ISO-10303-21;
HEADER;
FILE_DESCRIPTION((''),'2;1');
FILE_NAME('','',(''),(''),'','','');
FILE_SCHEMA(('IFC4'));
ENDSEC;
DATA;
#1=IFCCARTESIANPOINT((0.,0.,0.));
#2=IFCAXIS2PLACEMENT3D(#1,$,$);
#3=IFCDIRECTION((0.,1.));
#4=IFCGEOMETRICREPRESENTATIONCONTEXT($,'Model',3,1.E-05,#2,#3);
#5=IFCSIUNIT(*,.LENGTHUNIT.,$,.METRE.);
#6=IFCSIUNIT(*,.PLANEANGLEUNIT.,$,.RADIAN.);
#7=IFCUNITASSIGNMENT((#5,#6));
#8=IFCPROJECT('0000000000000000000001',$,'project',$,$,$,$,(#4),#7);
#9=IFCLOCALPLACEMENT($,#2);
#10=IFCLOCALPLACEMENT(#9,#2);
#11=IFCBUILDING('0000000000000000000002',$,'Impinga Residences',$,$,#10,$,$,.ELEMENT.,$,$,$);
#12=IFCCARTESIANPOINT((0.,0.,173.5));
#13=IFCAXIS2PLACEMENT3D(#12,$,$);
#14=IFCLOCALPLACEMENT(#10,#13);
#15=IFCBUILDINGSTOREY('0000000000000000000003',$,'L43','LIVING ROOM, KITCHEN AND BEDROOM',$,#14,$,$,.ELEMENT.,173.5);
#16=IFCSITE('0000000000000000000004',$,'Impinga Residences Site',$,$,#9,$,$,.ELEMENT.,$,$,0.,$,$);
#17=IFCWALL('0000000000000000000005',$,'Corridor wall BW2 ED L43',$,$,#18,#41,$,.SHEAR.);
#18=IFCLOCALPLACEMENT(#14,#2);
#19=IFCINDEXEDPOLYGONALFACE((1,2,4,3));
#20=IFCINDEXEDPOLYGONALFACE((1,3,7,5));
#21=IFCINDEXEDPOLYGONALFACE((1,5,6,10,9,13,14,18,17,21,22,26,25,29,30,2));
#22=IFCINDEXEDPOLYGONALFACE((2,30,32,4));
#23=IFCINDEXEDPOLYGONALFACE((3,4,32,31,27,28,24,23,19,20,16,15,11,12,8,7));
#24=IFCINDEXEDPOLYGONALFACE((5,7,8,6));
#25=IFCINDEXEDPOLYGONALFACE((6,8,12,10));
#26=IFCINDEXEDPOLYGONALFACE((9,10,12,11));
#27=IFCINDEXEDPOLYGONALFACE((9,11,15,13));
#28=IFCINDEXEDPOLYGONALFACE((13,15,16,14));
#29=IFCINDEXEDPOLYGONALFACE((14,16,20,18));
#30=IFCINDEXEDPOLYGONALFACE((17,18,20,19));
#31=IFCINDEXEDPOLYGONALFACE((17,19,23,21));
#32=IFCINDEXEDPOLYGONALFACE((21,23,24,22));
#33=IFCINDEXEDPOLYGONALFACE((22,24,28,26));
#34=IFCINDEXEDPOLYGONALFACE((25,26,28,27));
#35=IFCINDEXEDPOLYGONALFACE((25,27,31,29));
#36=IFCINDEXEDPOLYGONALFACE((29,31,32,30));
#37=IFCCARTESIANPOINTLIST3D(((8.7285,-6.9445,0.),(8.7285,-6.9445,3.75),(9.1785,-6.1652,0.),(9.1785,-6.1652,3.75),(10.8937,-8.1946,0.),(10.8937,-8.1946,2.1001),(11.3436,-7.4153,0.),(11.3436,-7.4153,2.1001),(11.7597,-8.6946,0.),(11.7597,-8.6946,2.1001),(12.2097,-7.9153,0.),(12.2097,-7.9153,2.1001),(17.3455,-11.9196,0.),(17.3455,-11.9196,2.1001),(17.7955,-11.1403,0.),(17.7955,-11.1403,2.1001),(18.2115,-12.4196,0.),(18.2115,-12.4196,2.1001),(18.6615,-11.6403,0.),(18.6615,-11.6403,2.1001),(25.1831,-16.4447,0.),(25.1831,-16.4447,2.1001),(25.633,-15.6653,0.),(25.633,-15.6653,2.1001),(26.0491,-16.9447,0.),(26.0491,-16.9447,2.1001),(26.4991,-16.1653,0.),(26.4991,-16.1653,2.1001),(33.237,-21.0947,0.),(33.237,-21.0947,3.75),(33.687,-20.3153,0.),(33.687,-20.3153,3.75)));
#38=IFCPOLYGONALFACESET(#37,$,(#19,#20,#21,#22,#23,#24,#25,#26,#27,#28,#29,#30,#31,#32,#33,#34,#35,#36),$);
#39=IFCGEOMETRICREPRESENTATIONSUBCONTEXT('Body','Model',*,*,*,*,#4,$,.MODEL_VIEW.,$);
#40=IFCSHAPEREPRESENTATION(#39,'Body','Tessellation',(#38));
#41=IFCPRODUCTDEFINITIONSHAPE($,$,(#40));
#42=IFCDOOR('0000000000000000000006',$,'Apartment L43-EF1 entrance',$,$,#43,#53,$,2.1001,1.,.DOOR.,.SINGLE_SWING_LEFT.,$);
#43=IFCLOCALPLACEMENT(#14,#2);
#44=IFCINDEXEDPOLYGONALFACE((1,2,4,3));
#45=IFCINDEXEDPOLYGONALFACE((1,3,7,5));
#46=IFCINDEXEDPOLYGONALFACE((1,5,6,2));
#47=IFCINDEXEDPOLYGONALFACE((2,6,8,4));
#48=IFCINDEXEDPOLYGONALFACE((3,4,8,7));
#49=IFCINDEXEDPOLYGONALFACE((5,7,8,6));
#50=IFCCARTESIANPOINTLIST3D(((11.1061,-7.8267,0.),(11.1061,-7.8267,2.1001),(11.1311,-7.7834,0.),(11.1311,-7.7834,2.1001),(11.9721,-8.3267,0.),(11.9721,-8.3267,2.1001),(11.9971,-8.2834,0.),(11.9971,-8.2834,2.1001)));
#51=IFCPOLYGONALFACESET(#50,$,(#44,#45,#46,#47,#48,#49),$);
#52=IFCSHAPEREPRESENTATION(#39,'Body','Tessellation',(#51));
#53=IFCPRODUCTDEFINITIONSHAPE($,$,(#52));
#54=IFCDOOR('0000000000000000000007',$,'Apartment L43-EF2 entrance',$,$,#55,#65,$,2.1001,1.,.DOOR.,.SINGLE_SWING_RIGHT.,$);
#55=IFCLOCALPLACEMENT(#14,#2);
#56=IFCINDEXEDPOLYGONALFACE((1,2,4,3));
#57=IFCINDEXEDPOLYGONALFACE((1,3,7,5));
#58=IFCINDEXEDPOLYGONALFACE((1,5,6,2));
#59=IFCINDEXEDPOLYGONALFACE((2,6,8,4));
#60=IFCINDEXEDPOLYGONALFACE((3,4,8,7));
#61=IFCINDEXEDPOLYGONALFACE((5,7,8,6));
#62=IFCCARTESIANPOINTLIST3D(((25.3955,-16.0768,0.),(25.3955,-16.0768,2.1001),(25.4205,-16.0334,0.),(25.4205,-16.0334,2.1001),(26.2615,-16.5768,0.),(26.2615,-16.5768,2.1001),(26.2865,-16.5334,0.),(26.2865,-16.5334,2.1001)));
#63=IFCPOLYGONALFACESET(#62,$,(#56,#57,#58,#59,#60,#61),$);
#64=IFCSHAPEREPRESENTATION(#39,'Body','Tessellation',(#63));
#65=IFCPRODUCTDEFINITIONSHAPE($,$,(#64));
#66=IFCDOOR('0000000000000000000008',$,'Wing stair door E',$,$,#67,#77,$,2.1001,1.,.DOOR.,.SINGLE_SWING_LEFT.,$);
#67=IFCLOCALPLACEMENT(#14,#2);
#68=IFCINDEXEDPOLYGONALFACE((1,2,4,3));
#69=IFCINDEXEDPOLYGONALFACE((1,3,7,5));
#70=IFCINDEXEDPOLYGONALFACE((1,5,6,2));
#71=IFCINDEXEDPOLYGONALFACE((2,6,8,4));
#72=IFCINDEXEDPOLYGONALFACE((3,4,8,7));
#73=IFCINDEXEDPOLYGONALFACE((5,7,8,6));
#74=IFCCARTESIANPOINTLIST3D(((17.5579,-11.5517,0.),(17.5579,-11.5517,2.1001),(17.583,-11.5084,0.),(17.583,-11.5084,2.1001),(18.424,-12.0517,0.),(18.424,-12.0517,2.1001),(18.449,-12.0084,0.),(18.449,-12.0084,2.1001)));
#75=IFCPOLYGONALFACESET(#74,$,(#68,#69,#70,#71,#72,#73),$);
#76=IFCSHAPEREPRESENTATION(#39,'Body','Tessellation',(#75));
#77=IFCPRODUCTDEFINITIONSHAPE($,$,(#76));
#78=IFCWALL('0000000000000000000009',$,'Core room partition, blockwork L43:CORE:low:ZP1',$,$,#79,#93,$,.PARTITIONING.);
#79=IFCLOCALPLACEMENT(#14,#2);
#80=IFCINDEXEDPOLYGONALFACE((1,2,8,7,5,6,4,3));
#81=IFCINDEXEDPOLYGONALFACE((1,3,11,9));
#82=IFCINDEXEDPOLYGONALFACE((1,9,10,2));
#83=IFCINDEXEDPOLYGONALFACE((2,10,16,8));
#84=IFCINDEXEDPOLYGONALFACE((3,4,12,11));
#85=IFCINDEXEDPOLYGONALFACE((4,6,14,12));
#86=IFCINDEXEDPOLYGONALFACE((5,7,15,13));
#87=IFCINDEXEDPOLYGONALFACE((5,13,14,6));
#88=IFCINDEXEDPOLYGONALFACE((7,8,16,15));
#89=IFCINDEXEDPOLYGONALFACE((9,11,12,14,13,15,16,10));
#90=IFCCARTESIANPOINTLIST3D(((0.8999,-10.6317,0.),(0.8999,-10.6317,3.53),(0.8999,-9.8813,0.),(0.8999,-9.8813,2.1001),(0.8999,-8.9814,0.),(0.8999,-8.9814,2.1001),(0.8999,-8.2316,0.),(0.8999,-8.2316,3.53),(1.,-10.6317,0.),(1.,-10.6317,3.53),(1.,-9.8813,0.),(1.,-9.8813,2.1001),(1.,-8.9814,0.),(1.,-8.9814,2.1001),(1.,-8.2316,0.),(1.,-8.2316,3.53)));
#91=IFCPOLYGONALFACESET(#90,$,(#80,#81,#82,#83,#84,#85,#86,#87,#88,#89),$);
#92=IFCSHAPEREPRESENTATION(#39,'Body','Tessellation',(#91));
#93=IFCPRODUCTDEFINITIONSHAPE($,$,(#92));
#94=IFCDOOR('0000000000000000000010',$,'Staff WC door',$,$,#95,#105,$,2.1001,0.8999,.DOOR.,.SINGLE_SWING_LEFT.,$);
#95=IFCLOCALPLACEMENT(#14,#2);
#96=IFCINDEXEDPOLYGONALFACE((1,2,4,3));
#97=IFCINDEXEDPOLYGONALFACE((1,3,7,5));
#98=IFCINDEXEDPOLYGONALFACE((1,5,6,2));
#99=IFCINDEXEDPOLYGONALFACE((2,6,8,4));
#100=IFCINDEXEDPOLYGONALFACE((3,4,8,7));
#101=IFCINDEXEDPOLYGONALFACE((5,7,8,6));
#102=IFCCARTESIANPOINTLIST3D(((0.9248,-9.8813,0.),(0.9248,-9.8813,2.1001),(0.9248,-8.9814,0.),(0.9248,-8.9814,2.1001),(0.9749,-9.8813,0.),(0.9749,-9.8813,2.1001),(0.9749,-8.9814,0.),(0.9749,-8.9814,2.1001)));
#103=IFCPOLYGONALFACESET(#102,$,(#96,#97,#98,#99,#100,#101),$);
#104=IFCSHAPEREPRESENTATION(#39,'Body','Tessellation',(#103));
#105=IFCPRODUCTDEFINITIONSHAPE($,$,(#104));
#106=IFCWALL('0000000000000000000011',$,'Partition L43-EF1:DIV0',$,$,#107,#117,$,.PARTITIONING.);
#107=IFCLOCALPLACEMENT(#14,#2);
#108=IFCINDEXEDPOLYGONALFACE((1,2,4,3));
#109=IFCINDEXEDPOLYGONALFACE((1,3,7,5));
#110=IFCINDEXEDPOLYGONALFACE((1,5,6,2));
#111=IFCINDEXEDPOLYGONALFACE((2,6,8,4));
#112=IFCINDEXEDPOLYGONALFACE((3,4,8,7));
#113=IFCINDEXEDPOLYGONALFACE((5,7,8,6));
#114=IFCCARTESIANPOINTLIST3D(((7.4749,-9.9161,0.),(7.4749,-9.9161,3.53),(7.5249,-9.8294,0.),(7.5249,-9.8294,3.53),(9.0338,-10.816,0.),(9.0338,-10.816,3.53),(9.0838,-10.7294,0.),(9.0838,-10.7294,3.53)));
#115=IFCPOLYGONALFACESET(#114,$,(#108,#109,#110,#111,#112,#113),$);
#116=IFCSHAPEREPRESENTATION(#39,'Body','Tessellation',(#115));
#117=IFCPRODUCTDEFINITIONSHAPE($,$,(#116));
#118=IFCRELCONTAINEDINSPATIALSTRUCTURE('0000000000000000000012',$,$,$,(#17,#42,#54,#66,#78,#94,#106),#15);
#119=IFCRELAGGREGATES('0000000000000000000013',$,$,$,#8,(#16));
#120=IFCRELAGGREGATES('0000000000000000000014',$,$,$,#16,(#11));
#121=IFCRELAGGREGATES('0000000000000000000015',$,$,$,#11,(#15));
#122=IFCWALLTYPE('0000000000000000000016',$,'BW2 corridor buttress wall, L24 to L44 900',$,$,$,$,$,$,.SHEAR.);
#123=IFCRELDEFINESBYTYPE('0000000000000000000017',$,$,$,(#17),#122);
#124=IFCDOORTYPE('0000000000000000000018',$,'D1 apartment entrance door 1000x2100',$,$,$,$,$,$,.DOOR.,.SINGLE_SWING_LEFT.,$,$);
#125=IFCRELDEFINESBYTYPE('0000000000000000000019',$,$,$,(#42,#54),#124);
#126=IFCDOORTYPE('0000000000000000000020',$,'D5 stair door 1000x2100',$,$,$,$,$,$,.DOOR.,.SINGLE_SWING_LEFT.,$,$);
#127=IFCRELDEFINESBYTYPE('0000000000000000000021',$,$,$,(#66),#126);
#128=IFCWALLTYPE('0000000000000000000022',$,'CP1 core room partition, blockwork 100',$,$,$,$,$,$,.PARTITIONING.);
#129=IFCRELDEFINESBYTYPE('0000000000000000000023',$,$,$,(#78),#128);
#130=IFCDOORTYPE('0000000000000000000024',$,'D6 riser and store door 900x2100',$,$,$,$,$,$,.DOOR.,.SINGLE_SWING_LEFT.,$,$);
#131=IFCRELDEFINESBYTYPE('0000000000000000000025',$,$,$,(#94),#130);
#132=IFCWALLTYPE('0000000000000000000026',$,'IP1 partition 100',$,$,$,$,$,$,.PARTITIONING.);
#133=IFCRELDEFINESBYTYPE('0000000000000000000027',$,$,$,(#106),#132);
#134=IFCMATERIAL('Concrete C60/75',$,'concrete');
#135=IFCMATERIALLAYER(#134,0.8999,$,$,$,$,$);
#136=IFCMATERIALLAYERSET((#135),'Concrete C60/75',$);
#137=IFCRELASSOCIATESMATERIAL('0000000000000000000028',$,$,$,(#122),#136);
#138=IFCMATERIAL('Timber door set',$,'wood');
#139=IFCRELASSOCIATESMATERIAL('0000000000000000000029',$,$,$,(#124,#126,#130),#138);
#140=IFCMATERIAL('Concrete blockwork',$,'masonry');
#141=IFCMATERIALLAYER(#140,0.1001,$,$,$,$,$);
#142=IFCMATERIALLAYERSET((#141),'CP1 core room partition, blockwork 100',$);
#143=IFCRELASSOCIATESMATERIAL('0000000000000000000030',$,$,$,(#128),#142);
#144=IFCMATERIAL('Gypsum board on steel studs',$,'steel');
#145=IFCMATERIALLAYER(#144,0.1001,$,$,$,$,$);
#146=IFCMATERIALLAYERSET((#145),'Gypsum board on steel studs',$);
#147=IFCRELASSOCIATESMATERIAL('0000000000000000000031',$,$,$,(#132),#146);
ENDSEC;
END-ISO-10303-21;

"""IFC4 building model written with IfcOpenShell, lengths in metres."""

from ifc_helpers import new_model, si_unit, direction, frame, frame_2d, origin, place, context, subcontext, project, spatial, rectangle, extrude, material, layer, layer_set, type_object, element, fill, save


model = new_model("IFC4")

# Units and contexts
model_context = context("Model", 3, precision=1e-05, world=origin(), true_north=direction((0.0, 1.0)))
body_context = subcontext(model_context, "Body", "Model", "MODEL_VIEW")
ifc_project = project(units=[si_unit("LENGTHUNIT", "METRE"), si_unit("PLANEANGLEUNIT", "RADIAN")], contexts=[model_context])

# Site, building, storey
site_placement = place(None, origin())
site = spatial("IfcSite", under=ifc_project, at=site_placement, Name="Impinga Residences Site", CompositionType="ELEMENT", RefElevation=0.0)
building_placement = place(site_placement, origin())
building = spatial("IfcBuilding", under=site, at=building_placement, Name="Impinga Residences", CompositionType="ELEMENT")
storey_placement = place(building_placement, frame((0.0, 0.0, 173.5)))
storey = spatial("IfcBuildingStorey", under=building, at=storey_placement, Name="L43", Description="LIVING ROOM, KITCHEN AND BEDROOM", CompositionType="ELEMENT", Elevation=173.5)

# Wall, openings, doors
ifc_material_1 = material(Name="Concrete C60/75", Category="concrete")
ifc_layer_1 = layer(ifc_material_1, 0.8999)
ifc_layer_set_1 = layer_set([ifc_layer_1], Name="Concrete C60/75")
wall_type_1 = type_object("IfcWallType", Name="BW2 corridor buttress wall, L24 to L44 900", PredefinedType="SHEAR", material=ifc_layer_set_1)
wall_1_placement = place(storey_placement, frame((8.9536, -6.5549, 0.0), z_axis=(0.0, 0.0, 1.0), x_axis=(0.866023, -0.500003, 0.0)))
wall_1 = element("IfcWall", 1, at=wall_1_placement, inside=storey, type_object=wall_type_1, Name="Corridor wall BW2 ED L43", PredefinedType="SHEAR", context=body_context, shape_type="SweptSolid", body=[
    extrude(rectangle(XDim=28.3, YDim=0.8999, at=frame_2d((14.1499, 0.0))), origin(), (0.0, 0.0, 1.0), 3.75),
])
opening_1_placement = place(wall_1_placement, frame((9.95, 0.0, 0.0)))
opening_1 = element("IfcOpeningElement", 2, at=opening_1_placement, cuts=wall_1, PredefinedType="OPENING", context=body_context, shape_type="SweptSolid", body=[
    extrude(rectangle(XDim=1.0, YDim=2.1001, at=frame_2d((0.5, 1.05))), frame((0.0, 0.46, 0.0), z_axis=(0.0, -1.0, 0.0), x_axis=(1.0, 0.0, 0.0)), (0.0, 0.0, 1.0), 0.9199),
])
opening_2_placement = place(wall_1_placement, frame((2.5, 0.0, 0.0)))
opening_2 = element("IfcOpeningElement", 3, at=opening_2_placement, cuts=wall_1, PredefinedType="OPENING", context=body_context, shape_type="SweptSolid", body=[
    extrude(rectangle(XDim=1.0, YDim=2.1001, at=frame_2d((0.5, 1.05))), frame((0.0, 0.46, 0.0), z_axis=(0.0, -1.0, 0.0), x_axis=(1.0, 0.0, 0.0)), (0.0, 0.0, 1.0), 0.9199),
])
opening_3_placement = place(wall_1_placement, frame((19.0, 0.0, 0.0)))
opening_3 = element("IfcOpeningElement", 4, at=opening_3_placement, cuts=wall_1, PredefinedType="OPENING", context=body_context, shape_type="SweptSolid", body=[
    extrude(rectangle(XDim=1.0, YDim=2.1001, at=frame_2d((0.5, 1.05))), frame((0.0, 0.46, 0.0), z_axis=(0.0, -1.0, 0.0), x_axis=(1.0, 0.0, 0.0)), (0.0, 0.0, 1.0), 0.9199),
])
ifc_material_2 = material(Name="Timber door set", Category="wood")
door_type_1 = type_object("IfcDoorType", Name="D1 apartment entrance door 1000x2100", OperationType="SINGLE_SWING_LEFT", PredefinedType="DOOR", material=ifc_material_2)
door_1_placement = place(opening_2_placement, origin())
door_1 = element("IfcDoor", 5, at=door_1_placement, inside=storey, type_object=door_type_1, Name="Apartment L43-EF1 entrance", OperationType="SINGLE_SWING_LEFT", OverallHeight=2.1001, OverallWidth=1.0, PredefinedType="DOOR", context=body_context, shape_type="SweptSolid", body=[
    extrude(rectangle(XDim=1.0, YDim=2.1001, at=frame_2d((0.5, 1.05))), frame((0.0, 0.0249, 0.0), z_axis=(0.0, -1.0, 0.0), x_axis=(1.0, 0.0, 0.0)), (0.0, 0.0, 1.0), 0.05),
])
fill(opening_2, door_1)
door_2_placement = place(opening_3_placement, origin())
door_2 = element("IfcDoor", 6, at=door_2_placement, inside=storey, type_object=door_type_1, Name="Apartment L43-EF2 entrance", OperationType="SINGLE_SWING_RIGHT", OverallHeight=2.1001, OverallWidth=1.0, PredefinedType="DOOR", context=body_context, shape_type="SweptSolid", body=[
    extrude(rectangle(XDim=1.0, YDim=2.1001, at=frame_2d((0.5, 1.05))), frame((0.0, 0.0249, 0.0), z_axis=(0.0, -1.0, 0.0), x_axis=(1.0, 0.0, 0.0)), (0.0, 0.0, 1.0), 0.05),
])
fill(opening_3, door_2)
door_type_2 = type_object("IfcDoorType", Name="D5 stair door 1000x2100", OperationType="SINGLE_SWING_LEFT", PredefinedType="DOOR", material=ifc_material_2)
door_3_placement = place(opening_1_placement, origin())
door_3 = element("IfcDoor", 7, at=door_3_placement, inside=storey, type_object=door_type_2, Name="Wing stair door E", OperationType="SINGLE_SWING_LEFT", OverallHeight=2.1001, OverallWidth=1.0, PredefinedType="DOOR", context=body_context, shape_type="SweptSolid", body=[
    extrude(rectangle(XDim=1.0, YDim=2.1001, at=frame_2d((0.5, 1.05))), frame((0.0, 0.0249, 0.0), z_axis=(0.0, -1.0, 0.0), x_axis=(1.0, 0.0, 0.0)), (0.0, 0.0, 1.0), 0.05),
])
fill(opening_1, door_3)

# Wall, opening, door
ifc_material_3 = material(Name="Concrete blockwork", Category="masonry")
ifc_layer_2 = layer(ifc_material_3, 0.1001)
ifc_layer_set_2 = layer_set([ifc_layer_2], Name="CP1 core room partition, blockwork 100")
wall_type_2 = type_object("IfcWallType", Name="CP1 core room partition, blockwork 100", PredefinedType="PARTITIONING", material=ifc_layer_set_2)
wall_2_placement = place(storey_placement, frame((0.95, -8.2314, 0.0), z_axis=(0.0, 0.0, 1.0), x_axis=(0.0, -1.0, 0.0)))
wall_2 = element("IfcWall", 8, at=wall_2_placement, inside=storey, type_object=wall_type_2, Name="Core room partition, blockwork L43:CORE:low:ZP1", PredefinedType="PARTITIONING", context=body_context, shape_type="SweptSolid", body=[
    extrude(rectangle(XDim=2.4001, YDim=0.1001, at=frame_2d((1.2002, 0.0))), origin(), (0.0, 0.0, 1.0), 3.53),
])
opening_4_placement = place(wall_2_placement, frame((0.75, 0.0, 0.0)))
opening_4 = element("IfcOpeningElement", 9, at=opening_4_placement, cuts=wall_2, PredefinedType="OPENING", context=body_context, shape_type="SweptSolid", body=[
    extrude(rectangle(XDim=0.8999, YDim=2.1001, at=frame_2d((0.45, 1.05))), frame((0.0, 0.0601, 0.0), z_axis=(0.0, -1.0, 0.0), x_axis=(1.0, 0.0, 0.0)), (0.0, 0.0, 1.0), 0.1201),
])
door_type_3 = type_object("IfcDoorType", Name="D6 riser and store door 900x2100", OperationType="SINGLE_SWING_LEFT", PredefinedType="DOOR", material=ifc_material_2)
door_4_placement = place(opening_4_placement, origin())
door_4 = element("IfcDoor", 10, at=door_4_placement, inside=storey, type_object=door_type_3, Name="Staff WC door", OperationType="SINGLE_SWING_LEFT", OverallHeight=2.1001, OverallWidth=0.8999, PredefinedType="DOOR", context=body_context, shape_type="SweptSolid", body=[
    extrude(rectangle(XDim=0.8999, YDim=2.1001, at=frame_2d((0.45, 1.05))), frame((0.0, 0.0249, 0.0), z_axis=(0.0, -1.0, 0.0), x_axis=(1.0, 0.0, 0.0)), (0.0, 0.0, 1.0), 0.05),
])
fill(opening_4, door_4)

# Wall
ifc_material_4 = material(Name="Gypsum board on steel studs", Category="steel")
ifc_layer_3 = layer(ifc_material_4, 0.1001)
ifc_layer_set_3 = layer_set([ifc_layer_3], Name="Gypsum board on steel studs")
wall_type_3 = type_object("IfcWallType", Name="IP1 partition 100", PredefinedType="PARTITIONING", material=ifc_layer_set_3)
wall_3_placement = place(storey_placement, frame((7.5, -9.8728, 0.0), z_axis=(0.0, 0.0, 1.0), x_axis=(0.866048, -0.499961, 0.0)))
element("IfcWall", 11, at=wall_3_placement, inside=storey, type_object=wall_type_3, Name="Partition L43-EF1:DIV0", PredefinedType="PARTITIONING", context=body_context, shape_type="SweptSolid", body=[
    extrude(rectangle(XDim=1.8, YDim=0.1001, at=frame_2d((0.8999, 0.0))), origin(), (0.0, 0.0, 1.0), 3.53),
])

save(model, "model.ifc")
